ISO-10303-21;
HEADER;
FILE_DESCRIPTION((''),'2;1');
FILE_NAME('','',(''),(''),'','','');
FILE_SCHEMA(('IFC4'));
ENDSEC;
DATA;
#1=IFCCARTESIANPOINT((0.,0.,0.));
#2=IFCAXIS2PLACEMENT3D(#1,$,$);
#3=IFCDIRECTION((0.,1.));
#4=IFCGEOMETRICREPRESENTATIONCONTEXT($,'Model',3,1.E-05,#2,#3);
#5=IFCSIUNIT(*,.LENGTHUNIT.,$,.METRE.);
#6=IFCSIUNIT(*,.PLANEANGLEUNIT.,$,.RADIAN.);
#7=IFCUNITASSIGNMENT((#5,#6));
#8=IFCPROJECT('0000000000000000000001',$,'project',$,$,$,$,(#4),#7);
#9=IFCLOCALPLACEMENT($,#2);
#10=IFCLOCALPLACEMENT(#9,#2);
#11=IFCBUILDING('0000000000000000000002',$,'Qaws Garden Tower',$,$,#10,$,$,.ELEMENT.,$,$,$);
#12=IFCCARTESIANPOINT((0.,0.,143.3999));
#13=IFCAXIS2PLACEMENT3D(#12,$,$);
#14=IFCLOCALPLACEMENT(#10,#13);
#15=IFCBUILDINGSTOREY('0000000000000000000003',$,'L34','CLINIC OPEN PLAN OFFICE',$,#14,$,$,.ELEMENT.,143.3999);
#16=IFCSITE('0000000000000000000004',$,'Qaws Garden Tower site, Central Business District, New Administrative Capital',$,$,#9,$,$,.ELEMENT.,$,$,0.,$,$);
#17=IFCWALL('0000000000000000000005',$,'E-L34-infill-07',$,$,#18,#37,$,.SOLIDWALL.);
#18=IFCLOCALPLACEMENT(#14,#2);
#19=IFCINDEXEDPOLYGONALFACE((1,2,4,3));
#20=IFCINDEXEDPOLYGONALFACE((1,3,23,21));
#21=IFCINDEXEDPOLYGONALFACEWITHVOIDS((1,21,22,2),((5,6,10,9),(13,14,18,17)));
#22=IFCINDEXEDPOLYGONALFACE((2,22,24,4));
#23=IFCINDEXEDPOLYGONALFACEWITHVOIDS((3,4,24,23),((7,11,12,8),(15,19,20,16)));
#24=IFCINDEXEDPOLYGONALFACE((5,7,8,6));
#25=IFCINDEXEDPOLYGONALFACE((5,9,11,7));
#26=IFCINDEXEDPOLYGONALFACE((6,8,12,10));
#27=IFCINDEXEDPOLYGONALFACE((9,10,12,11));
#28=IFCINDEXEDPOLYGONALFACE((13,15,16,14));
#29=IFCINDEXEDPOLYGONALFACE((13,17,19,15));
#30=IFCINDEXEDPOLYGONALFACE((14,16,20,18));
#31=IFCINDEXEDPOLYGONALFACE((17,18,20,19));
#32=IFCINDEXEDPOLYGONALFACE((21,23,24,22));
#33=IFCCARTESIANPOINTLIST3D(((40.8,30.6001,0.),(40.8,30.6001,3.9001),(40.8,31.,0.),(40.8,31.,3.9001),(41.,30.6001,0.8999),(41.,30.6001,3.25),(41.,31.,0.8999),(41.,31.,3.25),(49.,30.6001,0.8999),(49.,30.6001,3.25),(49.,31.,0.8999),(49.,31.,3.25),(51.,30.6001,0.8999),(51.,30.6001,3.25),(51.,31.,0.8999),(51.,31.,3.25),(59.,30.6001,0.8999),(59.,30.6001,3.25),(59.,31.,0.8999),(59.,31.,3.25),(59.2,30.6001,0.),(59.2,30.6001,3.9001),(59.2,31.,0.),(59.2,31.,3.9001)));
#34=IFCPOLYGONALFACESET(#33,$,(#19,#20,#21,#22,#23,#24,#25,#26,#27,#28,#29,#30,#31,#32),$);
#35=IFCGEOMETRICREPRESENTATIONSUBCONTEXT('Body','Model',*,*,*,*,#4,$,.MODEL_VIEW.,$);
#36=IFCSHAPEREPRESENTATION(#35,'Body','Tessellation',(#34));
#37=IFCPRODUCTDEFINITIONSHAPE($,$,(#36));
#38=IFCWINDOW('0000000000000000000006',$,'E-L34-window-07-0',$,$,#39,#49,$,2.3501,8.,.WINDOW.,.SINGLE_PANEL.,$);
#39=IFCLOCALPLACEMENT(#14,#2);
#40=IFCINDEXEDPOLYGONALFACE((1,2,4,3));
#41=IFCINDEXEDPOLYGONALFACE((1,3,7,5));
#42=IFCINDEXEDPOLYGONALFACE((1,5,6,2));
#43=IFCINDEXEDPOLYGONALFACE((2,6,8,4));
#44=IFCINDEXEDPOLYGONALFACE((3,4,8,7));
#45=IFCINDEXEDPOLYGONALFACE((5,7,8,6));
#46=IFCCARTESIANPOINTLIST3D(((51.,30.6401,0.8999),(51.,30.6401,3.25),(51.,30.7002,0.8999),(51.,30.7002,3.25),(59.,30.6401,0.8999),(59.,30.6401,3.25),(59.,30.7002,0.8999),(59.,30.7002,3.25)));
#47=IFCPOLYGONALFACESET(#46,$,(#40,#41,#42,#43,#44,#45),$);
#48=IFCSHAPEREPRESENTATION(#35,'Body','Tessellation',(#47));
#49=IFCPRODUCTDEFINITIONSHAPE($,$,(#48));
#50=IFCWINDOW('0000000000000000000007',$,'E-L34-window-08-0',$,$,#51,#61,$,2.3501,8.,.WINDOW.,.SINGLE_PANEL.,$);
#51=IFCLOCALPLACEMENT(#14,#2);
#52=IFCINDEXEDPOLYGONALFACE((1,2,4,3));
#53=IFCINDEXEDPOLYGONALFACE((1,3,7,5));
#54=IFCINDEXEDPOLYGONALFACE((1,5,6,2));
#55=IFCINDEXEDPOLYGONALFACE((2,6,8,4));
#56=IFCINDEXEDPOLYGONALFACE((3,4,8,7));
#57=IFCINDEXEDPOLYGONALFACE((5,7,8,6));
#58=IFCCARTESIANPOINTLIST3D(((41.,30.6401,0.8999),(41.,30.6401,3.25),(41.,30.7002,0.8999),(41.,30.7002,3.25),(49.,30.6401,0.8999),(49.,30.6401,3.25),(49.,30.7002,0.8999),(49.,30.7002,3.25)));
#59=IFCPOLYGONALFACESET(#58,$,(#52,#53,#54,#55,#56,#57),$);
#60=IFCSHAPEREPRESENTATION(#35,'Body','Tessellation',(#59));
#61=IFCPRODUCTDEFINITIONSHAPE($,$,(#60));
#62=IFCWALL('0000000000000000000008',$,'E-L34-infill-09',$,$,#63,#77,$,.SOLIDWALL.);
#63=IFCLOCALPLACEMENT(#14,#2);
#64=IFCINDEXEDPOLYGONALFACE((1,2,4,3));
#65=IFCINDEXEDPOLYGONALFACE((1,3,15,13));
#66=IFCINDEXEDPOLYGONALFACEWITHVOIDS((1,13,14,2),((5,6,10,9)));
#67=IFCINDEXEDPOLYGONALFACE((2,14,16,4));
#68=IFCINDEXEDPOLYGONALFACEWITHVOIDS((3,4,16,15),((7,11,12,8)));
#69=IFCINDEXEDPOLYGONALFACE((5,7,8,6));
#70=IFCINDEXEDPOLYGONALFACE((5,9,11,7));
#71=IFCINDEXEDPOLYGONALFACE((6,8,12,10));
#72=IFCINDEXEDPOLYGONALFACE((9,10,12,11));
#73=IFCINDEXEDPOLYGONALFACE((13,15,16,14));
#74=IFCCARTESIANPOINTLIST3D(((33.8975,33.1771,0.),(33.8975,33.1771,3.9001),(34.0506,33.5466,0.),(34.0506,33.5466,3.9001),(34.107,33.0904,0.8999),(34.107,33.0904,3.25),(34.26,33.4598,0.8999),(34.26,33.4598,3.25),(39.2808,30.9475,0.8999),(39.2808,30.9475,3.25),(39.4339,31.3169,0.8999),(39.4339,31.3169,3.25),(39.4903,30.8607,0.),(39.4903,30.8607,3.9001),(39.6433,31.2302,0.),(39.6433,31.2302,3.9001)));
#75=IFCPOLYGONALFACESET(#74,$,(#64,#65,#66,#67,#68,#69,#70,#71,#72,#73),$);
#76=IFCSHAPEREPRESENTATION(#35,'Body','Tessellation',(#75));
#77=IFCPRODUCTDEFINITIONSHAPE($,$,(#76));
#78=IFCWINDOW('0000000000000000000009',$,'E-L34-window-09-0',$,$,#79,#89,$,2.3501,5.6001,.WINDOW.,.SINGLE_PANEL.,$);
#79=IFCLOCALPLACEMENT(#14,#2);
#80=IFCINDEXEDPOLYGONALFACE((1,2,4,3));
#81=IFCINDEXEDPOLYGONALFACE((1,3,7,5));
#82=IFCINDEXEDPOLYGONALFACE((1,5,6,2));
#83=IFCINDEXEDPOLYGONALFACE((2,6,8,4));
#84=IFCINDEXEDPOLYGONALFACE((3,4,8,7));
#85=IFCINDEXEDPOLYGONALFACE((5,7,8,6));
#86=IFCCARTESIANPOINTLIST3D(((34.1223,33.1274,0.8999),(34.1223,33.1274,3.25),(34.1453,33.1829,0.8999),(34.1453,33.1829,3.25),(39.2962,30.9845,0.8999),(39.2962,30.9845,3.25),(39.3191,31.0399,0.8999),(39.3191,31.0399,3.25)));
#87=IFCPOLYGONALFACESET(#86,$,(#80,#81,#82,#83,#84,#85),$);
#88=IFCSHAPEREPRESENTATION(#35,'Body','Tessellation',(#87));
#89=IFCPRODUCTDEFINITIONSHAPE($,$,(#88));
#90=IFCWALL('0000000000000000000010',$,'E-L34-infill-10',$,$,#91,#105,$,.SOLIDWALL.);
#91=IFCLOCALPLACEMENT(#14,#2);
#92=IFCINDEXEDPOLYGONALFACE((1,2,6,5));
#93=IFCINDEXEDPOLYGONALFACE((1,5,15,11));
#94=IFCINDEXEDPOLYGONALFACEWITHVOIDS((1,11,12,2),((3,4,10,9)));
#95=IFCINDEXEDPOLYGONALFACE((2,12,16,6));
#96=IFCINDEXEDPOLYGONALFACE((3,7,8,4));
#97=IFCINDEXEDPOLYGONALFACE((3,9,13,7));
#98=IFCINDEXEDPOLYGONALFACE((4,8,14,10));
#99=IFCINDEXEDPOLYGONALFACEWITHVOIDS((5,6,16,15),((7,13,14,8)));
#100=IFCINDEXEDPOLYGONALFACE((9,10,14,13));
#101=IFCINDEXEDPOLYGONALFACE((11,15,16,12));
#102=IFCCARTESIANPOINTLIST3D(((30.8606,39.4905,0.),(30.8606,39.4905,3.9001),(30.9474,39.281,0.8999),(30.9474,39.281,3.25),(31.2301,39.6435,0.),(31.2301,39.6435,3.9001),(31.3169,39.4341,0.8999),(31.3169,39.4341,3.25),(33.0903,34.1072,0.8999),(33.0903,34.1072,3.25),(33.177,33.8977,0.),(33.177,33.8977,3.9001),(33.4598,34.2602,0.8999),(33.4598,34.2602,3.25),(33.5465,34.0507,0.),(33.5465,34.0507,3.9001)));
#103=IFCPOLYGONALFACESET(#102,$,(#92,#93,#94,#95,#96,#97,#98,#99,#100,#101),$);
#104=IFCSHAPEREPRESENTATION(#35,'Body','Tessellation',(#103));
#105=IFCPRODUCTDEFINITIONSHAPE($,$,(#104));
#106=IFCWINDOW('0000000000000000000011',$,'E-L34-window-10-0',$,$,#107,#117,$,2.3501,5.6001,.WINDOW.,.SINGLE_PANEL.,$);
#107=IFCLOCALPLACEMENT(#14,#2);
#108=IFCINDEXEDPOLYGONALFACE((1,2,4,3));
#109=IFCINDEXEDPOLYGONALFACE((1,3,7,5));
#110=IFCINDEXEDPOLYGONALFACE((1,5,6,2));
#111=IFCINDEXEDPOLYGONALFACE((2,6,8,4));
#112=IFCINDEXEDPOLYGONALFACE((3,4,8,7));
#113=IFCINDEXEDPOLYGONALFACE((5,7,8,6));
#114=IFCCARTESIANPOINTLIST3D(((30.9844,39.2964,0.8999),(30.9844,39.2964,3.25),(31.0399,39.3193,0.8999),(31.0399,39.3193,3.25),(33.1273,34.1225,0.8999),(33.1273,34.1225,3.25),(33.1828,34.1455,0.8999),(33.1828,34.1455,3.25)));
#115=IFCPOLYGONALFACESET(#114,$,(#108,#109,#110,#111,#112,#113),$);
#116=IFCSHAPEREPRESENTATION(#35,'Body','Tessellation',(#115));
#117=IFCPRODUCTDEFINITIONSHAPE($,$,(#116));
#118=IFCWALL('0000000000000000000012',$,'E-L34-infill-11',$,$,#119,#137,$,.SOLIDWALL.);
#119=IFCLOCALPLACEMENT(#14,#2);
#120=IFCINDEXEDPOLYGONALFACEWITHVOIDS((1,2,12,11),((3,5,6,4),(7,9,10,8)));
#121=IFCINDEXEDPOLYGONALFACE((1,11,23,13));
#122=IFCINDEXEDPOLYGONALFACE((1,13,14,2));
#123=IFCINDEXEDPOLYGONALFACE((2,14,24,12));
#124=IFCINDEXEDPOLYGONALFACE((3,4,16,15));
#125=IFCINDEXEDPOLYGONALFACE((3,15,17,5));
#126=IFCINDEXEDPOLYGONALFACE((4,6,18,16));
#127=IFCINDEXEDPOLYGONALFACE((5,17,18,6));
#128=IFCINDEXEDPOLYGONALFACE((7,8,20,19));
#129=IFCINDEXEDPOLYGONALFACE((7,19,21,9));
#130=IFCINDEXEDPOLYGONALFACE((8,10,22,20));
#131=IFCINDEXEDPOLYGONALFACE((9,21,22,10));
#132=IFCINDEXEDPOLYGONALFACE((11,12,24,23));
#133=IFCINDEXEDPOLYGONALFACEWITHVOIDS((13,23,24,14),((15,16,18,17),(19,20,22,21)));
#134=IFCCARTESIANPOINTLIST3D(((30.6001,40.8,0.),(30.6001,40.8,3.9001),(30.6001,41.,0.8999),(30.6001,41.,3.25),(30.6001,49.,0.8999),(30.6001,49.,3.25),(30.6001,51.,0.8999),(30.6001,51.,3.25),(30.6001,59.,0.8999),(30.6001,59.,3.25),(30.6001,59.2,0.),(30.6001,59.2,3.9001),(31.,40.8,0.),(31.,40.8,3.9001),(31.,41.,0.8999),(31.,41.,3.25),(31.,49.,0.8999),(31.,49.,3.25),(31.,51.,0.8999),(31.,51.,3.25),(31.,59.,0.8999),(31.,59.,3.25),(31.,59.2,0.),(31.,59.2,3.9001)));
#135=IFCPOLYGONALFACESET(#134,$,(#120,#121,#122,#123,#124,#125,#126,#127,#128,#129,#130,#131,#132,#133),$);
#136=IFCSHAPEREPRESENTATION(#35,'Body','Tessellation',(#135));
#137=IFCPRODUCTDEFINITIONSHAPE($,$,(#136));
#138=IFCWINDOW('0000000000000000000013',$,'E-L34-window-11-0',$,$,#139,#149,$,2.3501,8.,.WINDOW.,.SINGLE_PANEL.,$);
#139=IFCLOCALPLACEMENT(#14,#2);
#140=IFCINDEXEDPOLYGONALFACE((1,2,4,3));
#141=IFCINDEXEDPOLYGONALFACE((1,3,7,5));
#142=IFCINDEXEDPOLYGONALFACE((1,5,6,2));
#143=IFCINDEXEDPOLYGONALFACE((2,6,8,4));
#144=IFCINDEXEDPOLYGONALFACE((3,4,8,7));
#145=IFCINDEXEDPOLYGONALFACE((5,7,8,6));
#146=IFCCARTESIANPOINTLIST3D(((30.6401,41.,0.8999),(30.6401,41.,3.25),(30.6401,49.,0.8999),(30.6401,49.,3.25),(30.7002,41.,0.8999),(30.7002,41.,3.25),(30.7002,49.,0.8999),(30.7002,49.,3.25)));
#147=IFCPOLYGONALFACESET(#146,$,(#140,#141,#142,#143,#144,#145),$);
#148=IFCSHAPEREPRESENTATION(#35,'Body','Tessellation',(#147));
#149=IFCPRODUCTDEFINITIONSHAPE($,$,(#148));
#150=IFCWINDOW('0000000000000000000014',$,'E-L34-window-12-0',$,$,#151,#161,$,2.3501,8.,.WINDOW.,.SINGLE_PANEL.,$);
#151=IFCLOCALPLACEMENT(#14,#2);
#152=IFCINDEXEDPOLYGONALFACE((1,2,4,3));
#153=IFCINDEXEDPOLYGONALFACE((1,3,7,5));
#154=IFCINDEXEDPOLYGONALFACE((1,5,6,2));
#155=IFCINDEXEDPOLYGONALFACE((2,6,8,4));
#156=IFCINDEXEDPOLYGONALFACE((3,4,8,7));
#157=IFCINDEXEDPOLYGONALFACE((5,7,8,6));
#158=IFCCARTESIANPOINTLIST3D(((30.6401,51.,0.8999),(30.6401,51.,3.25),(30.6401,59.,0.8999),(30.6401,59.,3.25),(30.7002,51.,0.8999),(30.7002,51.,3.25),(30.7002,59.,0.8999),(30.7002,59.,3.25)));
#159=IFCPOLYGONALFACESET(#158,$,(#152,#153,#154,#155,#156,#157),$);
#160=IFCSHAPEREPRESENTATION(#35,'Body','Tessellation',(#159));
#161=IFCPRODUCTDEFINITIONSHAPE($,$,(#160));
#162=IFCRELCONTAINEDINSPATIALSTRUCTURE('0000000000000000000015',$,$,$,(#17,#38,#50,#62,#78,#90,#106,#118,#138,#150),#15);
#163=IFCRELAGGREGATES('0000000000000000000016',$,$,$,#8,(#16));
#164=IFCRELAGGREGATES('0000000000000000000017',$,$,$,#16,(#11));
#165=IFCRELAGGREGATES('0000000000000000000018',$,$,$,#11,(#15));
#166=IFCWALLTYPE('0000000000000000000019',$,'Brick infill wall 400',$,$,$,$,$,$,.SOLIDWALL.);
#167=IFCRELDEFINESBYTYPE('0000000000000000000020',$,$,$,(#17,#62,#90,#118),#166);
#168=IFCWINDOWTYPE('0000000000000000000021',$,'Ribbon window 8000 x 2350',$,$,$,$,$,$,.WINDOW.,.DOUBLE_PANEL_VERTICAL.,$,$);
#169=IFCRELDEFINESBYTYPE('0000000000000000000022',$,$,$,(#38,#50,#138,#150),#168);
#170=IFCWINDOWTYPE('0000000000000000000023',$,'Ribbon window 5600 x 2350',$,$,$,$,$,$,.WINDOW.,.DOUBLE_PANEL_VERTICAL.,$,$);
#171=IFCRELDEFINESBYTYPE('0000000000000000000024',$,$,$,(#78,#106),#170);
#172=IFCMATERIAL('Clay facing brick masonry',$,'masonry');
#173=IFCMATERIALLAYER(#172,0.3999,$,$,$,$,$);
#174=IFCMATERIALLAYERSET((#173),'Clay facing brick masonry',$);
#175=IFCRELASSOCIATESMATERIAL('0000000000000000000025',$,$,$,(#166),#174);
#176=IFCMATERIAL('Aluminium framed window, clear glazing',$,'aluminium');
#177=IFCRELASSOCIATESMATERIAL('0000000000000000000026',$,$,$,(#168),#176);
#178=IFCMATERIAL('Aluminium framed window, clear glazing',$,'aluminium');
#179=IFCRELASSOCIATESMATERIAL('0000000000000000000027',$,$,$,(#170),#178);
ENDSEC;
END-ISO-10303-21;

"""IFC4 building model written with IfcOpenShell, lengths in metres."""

from ifc_helpers import new_model, si_unit, direction, frame, frame_2d, origin, place, context, subcontext, project, spatial, rectangle, extrude, material, layer, layer_set, type_object, element, fill, save


model = new_model("IFC4")

# Units and contexts
model_context = context("Model", 3, precision=1e-05, world=origin(), true_north=direction((0.0, 1.0)))
body_context = subcontext(model_context, "Body", "Model", "MODEL_VIEW")
ifc_project = project(units=[si_unit("LENGTHUNIT", "METRE"), si_unit("PLANEANGLEUNIT", "RADIAN")], contexts=[model_context])

# Site, building, storey
site_placement = place(None, origin())
site = spatial("IfcSite", under=ifc_project, at=site_placement, Name="Qaws Garden Tower site, Central Business District, New Administrative Capital", CompositionType="ELEMENT", RefElevation=0.0)
building_placement = place(site_placement, origin())
building = spatial("IfcBuilding", under=site, at=building_placement, Name="Qaws Garden Tower", CompositionType="ELEMENT")
storey_placement = place(building_placement, frame((0.0, 0.0, 143.3999)))
storey = spatial("IfcBuildingStorey", under=building, at=storey_placement, Name="L34", Description="CLINIC OPEN PLAN OFFICE", CompositionType="ELEMENT", Elevation=143.3999)

# Wall, openings, windows
ifc_material_1 = material(Name="Clay facing brick masonry", Category="masonry")
ifc_layer_1 = layer(ifc_material_1, 0.3999)
ifc_layer_set_1 = layer_set([ifc_layer_1], Name="Clay facing brick masonry")
wall_type_1 = type_object("IfcWallType", Name="Brick infill wall 400", PredefinedType="SOLIDWALL", material=ifc_layer_set_1)
wall_1_placement = place(storey_placement, frame((59.2, 30.8, 0.0), z_axis=(0.0, 0.0, 1.0), x_axis=(-1.0, 0.0, 0.0)))
wall_1 = element("IfcWall", 1, at=wall_1_placement, inside=storey, type_object=wall_type_1, Name="E-L34-infill-07", PredefinedType="SOLIDWALL", context=body_context, shape_type="SweptSolid", body=[
    extrude(rectangle(XDim=18.3999, YDim=0.3999, at=frame_2d((9.2, 0.0))), origin(), (0.0, 0.0, 1.0), 3.9001),
])
opening_1_placement = place(wall_1_placement, frame((0.2, 0.0, 0.8999)))
opening_1 = element("IfcOpeningElement", 2, at=opening_1_placement, cuts=wall_1, PredefinedType="OPENING", context=body_context, shape_type="SweptSolid", body=[
    extrude(rectangle(XDim=8.0, YDim=2.3501, at=frame_2d((4.0, 1.175))), frame((0.0, 0.21, 0.0), z_axis=(0.0, -1.0, 0.0), x_axis=(1.0, 0.0, 0.0)), (0.0, 0.0, 1.0), 0.4199),
])
opening_2_placement = place(wall_1_placement, frame((10.2, 0.0, 0.8999)))
opening_2 = element("IfcOpeningElement", 3, at=opening_2_placement, cuts=wall_1, PredefinedType="OPENING", context=body_context, shape_type="SweptSolid", body=[
    extrude(rectangle(XDim=8.0, YDim=2.3501, at=frame_2d((4.0, 1.175))), frame((0.0, 0.21, 0.0), z_axis=(0.0, -1.0, 0.0), x_axis=(1.0, 0.0, 0.0)), (0.0, 0.0, 1.0), 0.4199),
])
ifc_material_2 = material(Name="Aluminium framed window, clear glazing", Category="aluminium")
window_type_1 = type_object("IfcWindowType", Name="Ribbon window 8000 x 2350", PartitioningType="DOUBLE_PANEL_VERTICAL", PredefinedType="WINDOW", material=ifc_material_2)
window_1_placement = place(opening_1_placement, origin())
window_1 = element("IfcWindow", 4, at=window_1_placement, inside=storey, type_object=window_type_1, Name="E-L34-window-07-0", OverallHeight=2.3501, OverallWidth=8.0, PartitioningType="SINGLE_PANEL", PredefinedType="WINDOW", context=body_context, shape_type="SweptSolid", body=[
    extrude(rectangle(XDim=8.0, YDim=2.3501, at=frame_2d((4.0, 1.175))), frame((0.0, 0.1599, 0.0), z_axis=(0.0, -1.0, 0.0), x_axis=(1.0, 0.0, 0.0)), (0.0, 0.0, 1.0), 0.0601),
])
fill(opening_1, window_1)
window_2_placement = place(opening_2_placement, origin())
window_2 = element("IfcWindow", 5, at=window_2_placement, inside=storey, type_object=window_type_1, Name="E-L34-window-08-0", OverallHeight=2.3501, OverallWidth=8.0, PartitioningType="SINGLE_PANEL", PredefinedType="WINDOW", context=body_context, shape_type="SweptSolid", body=[
    extrude(rectangle(XDim=8.0, YDim=2.3501, at=frame_2d((4.0, 1.175))), frame((0.0, 0.1599, 0.0), z_axis=(0.0, -1.0, 0.0), x_axis=(1.0, 0.0, 0.0)), (0.0, 0.0, 1.0), 0.0601),
])
fill(opening_2, window_2)

# Walls, openings, windows
wall_2_placement = place(storey_placement, frame((39.5669, 31.0454, 0.0), z_axis=(0.0, 0.0, 1.0), x_axis=(-0.923891, 0.382656, 0.0)))
wall_2 = element("IfcWall", 6, at=wall_2_placement, inside=storey, type_object=wall_type_1, Name="E-L34-infill-09", PredefinedType="SOLIDWALL", context=body_context, shape_type="SweptSolid", body=[
    extrude(rectangle(XDim=6.0535, YDim=0.3999, at=frame_2d((3.0269, 0.0))), origin(), (0.0, 0.0, 1.0), 3.9001),
])
opening_3_placement = place(wall_2_placement, frame((0.2268, 0.0, 0.8999)))
opening_3 = element("IfcOpeningElement", 7, at=opening_3_placement, cuts=wall_2, PredefinedType="OPENING", context=body_context, shape_type="SweptSolid", body=[
    extrude(rectangle(XDim=5.6001, YDim=2.3501, at=frame_2d((2.8, 1.175))), frame((0.0, 0.21, 0.0), z_axis=(0.0, -1.0, 0.0), x_axis=(1.0, 0.0, 0.0)), (0.0, 0.0, 1.0), 0.4199),
])
ifc_material_3 = material(Name="Aluminium framed window, clear glazing", Category="aluminium")
window_type_2 = type_object("IfcWindowType", Name="Ribbon window 5600 x 2350", PartitioningType="DOUBLE_PANEL_VERTICAL", PredefinedType="WINDOW", material=ifc_material_3)
window_3_placement = place(opening_3_placement, origin())
window_3 = element("IfcWindow", 8, at=window_3_placement, inside=storey, type_object=window_type_2, Name="E-L34-window-09-0", OverallHeight=2.3501, OverallWidth=5.6001, PartitioningType="SINGLE_PANEL", PredefinedType="WINDOW", context=body_context, shape_type="SweptSolid", body=[
    extrude(rectangle(XDim=5.6001, YDim=2.3501, at=frame_2d((2.8, 1.175))), frame((0.0, 0.1599, 0.0), z_axis=(0.0, -1.0, 0.0), x_axis=(1.0, 0.0, 0.0)), (0.0, 0.0, 1.0), 0.0601),
])
fill(opening_3, window_3)
wall_3_placement = place(storey_placement, frame((33.3618, 33.9741, 0.0), z_axis=(0.0, 0.0, 1.0), x_axis=(-0.382656, 0.923891, 0.0)))
wall_3 = element("IfcWall", 9, at=wall_3_placement, inside=storey, type_object=wall_type_1, Name="E-L34-infill-10", PredefinedType="SOLIDWALL", context=body_context, shape_type="SweptSolid", body=[
    extrude(rectangle(XDim=6.0535, YDim=0.3999, at=frame_2d((3.0269, 0.0))), origin(), (0.0, 0.0, 1.0), 3.9001),
])
opening_4_placement = place(wall_3_placement, frame((0.2268, 0.0, 0.8999)))
opening_4 = element("IfcOpeningElement", 10, at=opening_4_placement, cuts=wall_3, PredefinedType="OPENING", context=body_context, shape_type="SweptSolid", body=[
    extrude(rectangle(XDim=5.6001, YDim=2.3501, at=frame_2d((2.8, 1.175))), frame((0.0, 0.21, 0.0), z_axis=(0.0, -1.0, 0.0), x_axis=(1.0, 0.0, 0.0)), (0.0, 0.0, 1.0), 0.4199),
])
window_4_placement = place(opening_4_placement, origin())
window_4 = element("IfcWindow", 11, at=window_4_placement, inside=storey, type_object=window_type_2, Name="E-L34-window-10-0", OverallHeight=2.3501, OverallWidth=5.6001, PartitioningType="SINGLE_PANEL", PredefinedType="WINDOW", context=body_context, shape_type="SweptSolid", body=[
    extrude(rectangle(XDim=5.6001, YDim=2.3501, at=frame_2d((2.8, 1.175))), frame((0.0, 0.1599, 0.0), z_axis=(0.0, -1.0, 0.0), x_axis=(1.0, 0.0, 0.0)), (0.0, 0.0, 1.0), 0.0601),
])
fill(opening_4, window_4)

# Wall, openings, windows
wall_4_placement = place(storey_placement, frame((30.8, 40.8, 0.0), z_axis=(0.0, 0.0, 1.0), x_axis=(0.0, 1.0, 0.0)))
wall_4 = element("IfcWall", 12, at=wall_4_placement, inside=storey, type_object=wall_type_1, Name="E-L34-infill-11", PredefinedType="SOLIDWALL", context=body_context, shape_type="SweptSolid", body=[
    extrude(rectangle(XDim=18.3999, YDim=0.3999, at=frame_2d((9.2, 0.0))), origin(), (0.0, 0.0, 1.0), 3.9001),
])
opening_5_placement = place(wall_4_placement, frame((0.2, 0.0, 0.8999)))
opening_5 = element("IfcOpeningElement", 13, at=opening_5_placement, cuts=wall_4, PredefinedType="OPENING", context=body_context, shape_type="SweptSolid", body=[
    extrude(rectangle(XDim=8.0, YDim=2.3501, at=frame_2d((4.0, 1.175))), frame((0.0, 0.21, 0.0), z_axis=(0.0, -1.0, 0.0), x_axis=(1.0, 0.0, 0.0)), (0.0, 0.0, 1.0), 0.4199),
])
opening_6_placement = place(wall_4_placement, frame((10.2, 0.0, 0.8999)))
opening_6 = element("IfcOpeningElement", 14, at=opening_6_placement, cuts=wall_4, PredefinedType="OPENING", context=body_context, shape_type="SweptSolid", body=[
    extrude(rectangle(XDim=8.0, YDim=2.3501, at=frame_2d((4.0, 1.175))), frame((0.0, 0.21, 0.0), z_axis=(0.0, -1.0, 0.0), x_axis=(1.0, 0.0, 0.0)), (0.0, 0.0, 1.0), 0.4199),
])
window_5_placement = place(opening_5_placement, origin())
window_5 = element("IfcWindow", 15, at=window_5_placement, inside=storey, type_object=window_type_1, Name="E-L34-window-11-0", OverallHeight=2.3501, OverallWidth=8.0, PartitioningType="SINGLE_PANEL", PredefinedType="WINDOW", context=body_context, shape_type="SweptSolid", body=[
    extrude(rectangle(XDim=8.0, YDim=2.3501, at=frame_2d((4.0, 1.175))), frame((0.0, 0.1599, 0.0), z_axis=(0.0, -1.0, 0.0), x_axis=(1.0, 0.0, 0.0)), (0.0, 0.0, 1.0), 0.0601),
])
fill(opening_5, window_5)
window_6_placement = place(opening_6_placement, origin())
window_6 = element("IfcWindow", 16, at=window_6_placement, inside=storey, type_object=window_type_1, Name="E-L34-window-12-0", OverallHeight=2.3501, OverallWidth=8.0, PartitioningType="SINGLE_PANEL", PredefinedType="WINDOW", context=body_context, shape_type="SweptSolid", body=[
    extrude(rectangle(XDim=8.0, YDim=2.3501, at=frame_2d((4.0, 1.175))), frame((0.0, 0.1599, 0.0), z_axis=(0.0, -1.0, 0.0), x_axis=(1.0, 0.0, 0.0)), (0.0, 0.0, 1.0), 0.0601),
])
fill(opening_6, window_6)

save(model, "model.ifc")
